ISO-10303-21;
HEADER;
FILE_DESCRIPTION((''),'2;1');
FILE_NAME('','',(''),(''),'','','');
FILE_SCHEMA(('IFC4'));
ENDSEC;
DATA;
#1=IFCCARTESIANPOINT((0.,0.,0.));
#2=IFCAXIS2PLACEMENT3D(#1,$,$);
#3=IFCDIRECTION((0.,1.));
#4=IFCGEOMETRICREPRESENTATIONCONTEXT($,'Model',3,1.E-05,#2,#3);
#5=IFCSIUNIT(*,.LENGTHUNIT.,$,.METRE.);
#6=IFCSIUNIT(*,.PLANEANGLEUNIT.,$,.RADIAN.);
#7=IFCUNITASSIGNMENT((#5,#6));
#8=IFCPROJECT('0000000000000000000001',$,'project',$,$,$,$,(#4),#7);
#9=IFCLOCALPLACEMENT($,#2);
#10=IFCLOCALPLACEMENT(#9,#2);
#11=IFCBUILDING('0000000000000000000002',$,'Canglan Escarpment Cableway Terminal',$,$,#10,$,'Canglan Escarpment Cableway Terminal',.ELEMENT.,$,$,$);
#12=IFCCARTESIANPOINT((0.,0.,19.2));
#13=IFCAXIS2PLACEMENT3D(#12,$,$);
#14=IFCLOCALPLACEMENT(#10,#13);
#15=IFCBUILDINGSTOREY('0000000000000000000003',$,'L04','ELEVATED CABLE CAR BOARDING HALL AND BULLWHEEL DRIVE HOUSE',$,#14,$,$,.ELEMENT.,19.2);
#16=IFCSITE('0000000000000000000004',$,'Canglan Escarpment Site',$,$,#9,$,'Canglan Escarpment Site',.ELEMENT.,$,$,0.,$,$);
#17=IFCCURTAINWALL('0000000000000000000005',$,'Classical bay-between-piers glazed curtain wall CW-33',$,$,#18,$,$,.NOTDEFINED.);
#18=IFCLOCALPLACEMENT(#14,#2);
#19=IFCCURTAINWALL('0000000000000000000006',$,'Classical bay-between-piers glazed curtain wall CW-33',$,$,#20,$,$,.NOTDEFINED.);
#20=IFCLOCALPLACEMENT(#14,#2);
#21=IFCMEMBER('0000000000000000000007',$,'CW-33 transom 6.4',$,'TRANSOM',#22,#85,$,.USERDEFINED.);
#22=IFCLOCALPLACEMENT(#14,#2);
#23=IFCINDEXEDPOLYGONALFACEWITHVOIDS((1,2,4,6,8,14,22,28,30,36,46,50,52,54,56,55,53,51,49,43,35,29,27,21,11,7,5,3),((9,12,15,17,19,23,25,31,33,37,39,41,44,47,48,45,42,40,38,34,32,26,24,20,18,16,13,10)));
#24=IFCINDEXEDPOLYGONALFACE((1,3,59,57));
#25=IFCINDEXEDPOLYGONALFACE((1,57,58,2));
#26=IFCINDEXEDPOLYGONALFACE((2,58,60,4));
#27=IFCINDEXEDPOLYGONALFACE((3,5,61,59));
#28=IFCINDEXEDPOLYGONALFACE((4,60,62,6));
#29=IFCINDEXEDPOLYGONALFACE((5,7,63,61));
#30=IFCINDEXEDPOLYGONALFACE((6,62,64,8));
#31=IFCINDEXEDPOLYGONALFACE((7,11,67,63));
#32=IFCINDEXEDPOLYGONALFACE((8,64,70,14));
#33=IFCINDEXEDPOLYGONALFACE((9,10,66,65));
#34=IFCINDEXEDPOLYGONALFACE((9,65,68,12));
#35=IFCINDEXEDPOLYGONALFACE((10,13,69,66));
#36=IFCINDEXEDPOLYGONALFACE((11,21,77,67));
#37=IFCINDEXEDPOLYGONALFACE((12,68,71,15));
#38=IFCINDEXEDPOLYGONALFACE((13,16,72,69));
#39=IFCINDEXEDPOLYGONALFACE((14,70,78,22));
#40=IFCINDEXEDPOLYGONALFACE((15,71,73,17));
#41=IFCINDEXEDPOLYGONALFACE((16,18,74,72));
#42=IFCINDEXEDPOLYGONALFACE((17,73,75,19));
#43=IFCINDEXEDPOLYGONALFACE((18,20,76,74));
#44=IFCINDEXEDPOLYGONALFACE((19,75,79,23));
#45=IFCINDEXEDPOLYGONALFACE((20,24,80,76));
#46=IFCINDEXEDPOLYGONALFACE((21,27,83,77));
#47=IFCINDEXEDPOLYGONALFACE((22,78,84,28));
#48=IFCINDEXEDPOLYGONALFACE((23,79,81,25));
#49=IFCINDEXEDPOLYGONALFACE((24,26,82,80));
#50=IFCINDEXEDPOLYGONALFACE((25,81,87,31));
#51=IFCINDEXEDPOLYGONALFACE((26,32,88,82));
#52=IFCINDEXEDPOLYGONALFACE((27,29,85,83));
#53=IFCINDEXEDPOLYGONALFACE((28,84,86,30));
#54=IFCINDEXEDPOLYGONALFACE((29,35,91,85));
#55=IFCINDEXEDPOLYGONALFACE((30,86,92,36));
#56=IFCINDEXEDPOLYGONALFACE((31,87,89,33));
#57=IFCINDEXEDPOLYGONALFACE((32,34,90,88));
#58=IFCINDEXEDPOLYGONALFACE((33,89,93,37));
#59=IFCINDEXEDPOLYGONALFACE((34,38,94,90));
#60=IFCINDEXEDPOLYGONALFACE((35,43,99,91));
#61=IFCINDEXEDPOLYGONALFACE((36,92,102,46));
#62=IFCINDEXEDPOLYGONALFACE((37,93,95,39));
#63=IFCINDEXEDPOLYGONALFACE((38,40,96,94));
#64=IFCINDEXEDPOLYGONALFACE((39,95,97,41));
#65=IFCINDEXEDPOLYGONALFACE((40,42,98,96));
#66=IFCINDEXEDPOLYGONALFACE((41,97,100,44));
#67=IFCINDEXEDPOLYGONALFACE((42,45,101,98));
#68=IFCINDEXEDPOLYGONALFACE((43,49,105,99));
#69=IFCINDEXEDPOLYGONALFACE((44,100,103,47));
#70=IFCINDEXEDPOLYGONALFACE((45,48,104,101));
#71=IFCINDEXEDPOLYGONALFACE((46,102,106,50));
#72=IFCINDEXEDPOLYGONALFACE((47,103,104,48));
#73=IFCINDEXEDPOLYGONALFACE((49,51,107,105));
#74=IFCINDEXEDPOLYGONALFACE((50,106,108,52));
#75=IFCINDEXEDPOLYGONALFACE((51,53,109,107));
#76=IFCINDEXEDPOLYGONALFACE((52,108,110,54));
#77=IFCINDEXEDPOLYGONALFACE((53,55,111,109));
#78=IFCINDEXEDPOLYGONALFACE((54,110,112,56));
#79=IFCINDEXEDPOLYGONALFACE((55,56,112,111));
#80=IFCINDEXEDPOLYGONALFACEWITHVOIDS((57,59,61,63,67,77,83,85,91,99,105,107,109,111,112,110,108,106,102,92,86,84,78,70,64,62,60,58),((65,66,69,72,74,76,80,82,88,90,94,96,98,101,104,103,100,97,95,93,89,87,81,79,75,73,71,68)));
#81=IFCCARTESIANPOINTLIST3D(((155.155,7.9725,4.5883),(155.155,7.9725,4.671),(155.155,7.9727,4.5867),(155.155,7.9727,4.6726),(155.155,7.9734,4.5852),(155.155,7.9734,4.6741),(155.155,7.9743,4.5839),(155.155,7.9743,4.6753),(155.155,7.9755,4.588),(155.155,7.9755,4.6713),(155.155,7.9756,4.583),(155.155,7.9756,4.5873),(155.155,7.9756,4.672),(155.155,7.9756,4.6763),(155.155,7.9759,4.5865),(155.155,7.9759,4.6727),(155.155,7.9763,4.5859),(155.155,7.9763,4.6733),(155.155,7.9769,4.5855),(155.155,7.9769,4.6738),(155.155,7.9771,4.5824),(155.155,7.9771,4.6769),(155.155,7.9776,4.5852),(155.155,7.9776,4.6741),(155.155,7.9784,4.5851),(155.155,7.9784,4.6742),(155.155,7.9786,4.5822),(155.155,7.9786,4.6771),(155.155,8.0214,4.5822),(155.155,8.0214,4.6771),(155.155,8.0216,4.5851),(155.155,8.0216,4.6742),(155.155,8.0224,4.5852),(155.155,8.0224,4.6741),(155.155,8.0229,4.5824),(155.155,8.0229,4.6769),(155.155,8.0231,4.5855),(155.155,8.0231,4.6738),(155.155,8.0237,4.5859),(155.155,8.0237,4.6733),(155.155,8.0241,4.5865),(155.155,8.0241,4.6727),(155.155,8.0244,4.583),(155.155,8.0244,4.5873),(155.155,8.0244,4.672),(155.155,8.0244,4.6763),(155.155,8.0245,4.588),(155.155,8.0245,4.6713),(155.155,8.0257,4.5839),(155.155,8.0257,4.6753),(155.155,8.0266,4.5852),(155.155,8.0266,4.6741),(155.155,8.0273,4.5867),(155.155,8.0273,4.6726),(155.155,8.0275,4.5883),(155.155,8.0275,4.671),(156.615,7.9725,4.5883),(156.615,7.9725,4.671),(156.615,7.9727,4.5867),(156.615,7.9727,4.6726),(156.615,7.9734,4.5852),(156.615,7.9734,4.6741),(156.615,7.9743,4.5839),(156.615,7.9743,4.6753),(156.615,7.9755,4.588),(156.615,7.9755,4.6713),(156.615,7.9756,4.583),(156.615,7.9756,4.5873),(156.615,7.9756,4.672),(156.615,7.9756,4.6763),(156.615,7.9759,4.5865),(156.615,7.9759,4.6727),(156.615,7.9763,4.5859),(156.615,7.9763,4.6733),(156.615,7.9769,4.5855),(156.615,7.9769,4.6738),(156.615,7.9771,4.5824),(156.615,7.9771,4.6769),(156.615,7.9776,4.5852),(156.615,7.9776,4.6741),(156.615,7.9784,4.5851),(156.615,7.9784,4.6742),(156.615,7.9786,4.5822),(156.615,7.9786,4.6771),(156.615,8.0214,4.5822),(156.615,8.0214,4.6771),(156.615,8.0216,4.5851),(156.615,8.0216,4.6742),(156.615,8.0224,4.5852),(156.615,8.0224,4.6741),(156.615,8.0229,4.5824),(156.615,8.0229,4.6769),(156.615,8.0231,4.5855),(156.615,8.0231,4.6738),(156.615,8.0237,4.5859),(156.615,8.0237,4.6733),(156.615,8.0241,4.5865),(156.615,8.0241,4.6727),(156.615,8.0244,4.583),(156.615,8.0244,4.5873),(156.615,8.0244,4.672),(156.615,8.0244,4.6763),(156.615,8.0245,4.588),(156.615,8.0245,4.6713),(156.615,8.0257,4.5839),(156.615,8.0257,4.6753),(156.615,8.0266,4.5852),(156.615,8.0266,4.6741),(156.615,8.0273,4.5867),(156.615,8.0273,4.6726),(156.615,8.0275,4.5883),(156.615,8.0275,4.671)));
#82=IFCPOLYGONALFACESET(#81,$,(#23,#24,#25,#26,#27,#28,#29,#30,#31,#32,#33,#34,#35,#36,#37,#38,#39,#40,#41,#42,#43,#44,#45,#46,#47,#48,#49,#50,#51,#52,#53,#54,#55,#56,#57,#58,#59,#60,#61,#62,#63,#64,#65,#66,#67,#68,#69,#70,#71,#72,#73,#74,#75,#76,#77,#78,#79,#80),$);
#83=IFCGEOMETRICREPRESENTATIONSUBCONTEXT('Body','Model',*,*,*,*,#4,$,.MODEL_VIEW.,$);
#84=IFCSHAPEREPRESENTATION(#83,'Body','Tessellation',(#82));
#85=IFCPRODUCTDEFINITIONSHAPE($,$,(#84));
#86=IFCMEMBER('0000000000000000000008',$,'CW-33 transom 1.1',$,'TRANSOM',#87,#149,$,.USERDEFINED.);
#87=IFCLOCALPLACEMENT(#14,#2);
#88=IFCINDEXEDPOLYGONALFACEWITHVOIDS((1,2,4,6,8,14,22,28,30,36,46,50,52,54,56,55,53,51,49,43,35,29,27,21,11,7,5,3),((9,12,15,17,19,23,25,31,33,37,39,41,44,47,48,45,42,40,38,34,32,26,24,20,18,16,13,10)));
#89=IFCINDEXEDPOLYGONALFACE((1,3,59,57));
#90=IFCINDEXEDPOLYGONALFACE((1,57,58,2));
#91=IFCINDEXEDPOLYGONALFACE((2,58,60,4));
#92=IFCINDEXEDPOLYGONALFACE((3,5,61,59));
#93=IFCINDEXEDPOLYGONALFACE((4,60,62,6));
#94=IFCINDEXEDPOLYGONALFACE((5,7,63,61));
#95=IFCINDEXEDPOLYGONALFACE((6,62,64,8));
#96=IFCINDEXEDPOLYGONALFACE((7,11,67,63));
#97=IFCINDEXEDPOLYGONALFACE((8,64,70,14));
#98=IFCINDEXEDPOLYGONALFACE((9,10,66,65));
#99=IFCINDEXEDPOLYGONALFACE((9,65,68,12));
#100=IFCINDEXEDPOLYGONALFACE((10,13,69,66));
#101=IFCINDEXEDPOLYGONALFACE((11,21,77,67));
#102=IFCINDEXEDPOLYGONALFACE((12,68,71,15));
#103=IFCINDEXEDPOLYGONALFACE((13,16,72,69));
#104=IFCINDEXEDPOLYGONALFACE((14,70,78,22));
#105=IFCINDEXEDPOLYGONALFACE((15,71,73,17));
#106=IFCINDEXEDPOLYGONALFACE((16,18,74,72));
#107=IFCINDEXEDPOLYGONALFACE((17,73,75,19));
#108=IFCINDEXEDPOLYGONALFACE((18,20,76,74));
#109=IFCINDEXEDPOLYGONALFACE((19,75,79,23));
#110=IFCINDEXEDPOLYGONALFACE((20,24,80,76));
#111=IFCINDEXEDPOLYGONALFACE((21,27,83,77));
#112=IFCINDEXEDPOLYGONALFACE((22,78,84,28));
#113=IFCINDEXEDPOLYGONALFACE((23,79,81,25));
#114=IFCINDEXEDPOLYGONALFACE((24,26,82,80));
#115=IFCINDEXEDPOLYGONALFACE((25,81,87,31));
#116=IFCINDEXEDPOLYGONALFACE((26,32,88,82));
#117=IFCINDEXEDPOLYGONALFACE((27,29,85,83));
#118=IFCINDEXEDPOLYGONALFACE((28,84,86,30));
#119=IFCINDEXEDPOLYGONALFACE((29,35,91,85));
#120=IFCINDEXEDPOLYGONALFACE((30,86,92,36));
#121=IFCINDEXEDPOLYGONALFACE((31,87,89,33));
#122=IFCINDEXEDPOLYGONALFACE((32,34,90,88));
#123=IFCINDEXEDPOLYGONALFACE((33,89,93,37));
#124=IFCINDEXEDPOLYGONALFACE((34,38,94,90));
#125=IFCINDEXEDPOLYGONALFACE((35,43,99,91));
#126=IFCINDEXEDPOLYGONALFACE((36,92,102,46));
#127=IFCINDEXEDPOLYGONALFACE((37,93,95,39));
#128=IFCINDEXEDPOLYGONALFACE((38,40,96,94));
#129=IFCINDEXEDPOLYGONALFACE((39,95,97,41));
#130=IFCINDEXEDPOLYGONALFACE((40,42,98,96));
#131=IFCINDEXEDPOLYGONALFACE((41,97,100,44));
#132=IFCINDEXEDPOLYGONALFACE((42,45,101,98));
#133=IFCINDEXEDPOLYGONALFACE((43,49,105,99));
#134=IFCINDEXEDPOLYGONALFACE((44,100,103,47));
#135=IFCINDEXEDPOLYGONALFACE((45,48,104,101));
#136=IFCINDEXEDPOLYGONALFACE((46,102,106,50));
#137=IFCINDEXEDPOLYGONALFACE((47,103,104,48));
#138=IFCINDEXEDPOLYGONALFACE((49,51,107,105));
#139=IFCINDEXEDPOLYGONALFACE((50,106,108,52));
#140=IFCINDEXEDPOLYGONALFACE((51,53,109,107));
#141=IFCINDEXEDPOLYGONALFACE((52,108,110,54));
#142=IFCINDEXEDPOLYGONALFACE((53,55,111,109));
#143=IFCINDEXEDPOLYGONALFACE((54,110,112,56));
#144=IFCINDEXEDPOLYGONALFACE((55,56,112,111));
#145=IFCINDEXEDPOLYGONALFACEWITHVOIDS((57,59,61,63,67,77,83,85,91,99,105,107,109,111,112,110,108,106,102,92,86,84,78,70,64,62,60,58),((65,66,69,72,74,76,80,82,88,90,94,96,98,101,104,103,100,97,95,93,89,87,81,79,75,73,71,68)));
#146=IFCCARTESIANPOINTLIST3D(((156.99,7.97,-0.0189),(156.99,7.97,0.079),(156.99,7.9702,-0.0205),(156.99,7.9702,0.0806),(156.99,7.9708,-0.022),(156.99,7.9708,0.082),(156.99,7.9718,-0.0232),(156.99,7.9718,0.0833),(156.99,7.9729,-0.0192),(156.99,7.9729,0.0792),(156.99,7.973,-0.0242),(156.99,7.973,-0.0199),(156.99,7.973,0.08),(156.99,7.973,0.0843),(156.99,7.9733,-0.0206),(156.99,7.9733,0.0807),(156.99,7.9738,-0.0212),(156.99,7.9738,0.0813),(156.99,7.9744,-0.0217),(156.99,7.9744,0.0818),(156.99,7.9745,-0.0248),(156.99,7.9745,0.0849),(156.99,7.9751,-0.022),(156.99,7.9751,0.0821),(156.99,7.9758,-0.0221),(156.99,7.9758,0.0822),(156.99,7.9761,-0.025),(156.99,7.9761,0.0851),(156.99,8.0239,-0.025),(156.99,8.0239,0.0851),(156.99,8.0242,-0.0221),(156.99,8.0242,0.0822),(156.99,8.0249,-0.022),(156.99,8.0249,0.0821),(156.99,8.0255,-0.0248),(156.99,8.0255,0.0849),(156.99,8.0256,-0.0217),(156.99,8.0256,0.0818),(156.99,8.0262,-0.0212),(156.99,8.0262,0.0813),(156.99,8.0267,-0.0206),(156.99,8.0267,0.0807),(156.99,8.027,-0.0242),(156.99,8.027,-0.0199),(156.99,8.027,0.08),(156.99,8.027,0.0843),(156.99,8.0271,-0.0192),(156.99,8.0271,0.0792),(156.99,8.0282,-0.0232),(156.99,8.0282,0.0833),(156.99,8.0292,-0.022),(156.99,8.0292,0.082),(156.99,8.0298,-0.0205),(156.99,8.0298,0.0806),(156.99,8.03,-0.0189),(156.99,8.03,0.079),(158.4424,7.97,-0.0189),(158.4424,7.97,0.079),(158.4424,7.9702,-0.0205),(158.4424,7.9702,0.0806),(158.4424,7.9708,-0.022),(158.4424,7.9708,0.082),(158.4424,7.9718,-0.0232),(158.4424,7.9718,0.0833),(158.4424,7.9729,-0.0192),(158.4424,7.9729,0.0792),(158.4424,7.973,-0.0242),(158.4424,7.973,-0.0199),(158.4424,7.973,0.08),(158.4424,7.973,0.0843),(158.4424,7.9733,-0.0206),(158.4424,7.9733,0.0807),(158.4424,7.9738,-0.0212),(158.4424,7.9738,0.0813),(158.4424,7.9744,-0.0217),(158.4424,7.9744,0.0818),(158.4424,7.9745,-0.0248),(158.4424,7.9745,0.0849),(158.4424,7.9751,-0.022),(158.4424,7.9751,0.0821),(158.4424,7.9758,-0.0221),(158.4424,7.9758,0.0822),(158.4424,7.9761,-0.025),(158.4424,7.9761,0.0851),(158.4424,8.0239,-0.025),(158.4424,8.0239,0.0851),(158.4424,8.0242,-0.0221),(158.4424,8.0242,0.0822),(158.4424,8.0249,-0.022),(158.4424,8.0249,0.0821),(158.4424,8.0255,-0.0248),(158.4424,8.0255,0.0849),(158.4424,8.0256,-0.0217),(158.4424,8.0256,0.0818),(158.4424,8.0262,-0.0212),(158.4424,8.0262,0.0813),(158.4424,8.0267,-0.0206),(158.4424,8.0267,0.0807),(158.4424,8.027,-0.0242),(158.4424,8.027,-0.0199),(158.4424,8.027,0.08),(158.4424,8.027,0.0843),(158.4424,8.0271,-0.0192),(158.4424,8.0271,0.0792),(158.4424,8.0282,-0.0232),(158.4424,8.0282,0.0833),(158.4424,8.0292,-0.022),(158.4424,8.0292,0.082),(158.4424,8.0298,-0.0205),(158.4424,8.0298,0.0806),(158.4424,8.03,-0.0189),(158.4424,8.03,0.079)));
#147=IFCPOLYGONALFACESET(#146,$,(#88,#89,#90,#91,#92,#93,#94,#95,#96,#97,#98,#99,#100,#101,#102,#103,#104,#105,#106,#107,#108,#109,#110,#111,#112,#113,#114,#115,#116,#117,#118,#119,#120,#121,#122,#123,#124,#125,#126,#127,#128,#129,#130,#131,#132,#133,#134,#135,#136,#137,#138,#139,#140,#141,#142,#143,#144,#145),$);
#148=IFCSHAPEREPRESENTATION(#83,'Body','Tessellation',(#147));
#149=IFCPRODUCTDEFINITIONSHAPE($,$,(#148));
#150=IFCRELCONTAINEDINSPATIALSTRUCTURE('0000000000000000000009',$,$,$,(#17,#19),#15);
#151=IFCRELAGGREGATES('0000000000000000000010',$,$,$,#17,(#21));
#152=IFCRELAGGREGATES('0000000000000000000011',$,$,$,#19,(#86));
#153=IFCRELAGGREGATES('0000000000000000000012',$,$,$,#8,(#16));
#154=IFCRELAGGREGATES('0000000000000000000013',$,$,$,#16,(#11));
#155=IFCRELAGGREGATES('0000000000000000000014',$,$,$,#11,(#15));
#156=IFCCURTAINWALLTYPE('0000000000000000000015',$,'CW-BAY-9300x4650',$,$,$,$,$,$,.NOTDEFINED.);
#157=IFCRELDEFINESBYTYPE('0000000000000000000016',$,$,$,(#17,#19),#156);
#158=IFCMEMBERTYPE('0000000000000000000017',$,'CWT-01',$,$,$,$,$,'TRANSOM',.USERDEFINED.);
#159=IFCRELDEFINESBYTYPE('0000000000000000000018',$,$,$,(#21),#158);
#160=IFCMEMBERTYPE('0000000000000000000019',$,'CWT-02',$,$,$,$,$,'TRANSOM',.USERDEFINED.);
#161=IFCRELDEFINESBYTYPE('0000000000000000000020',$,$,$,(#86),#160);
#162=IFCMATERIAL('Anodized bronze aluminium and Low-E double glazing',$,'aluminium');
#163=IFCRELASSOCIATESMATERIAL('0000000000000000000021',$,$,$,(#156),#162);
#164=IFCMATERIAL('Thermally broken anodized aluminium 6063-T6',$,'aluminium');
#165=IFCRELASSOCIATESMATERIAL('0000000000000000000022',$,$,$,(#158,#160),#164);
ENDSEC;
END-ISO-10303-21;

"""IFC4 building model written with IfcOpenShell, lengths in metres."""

from ifc_helpers import new_model, si_unit, direction, frame, origin, origin_2d, place, context, subcontext, project, spatial, hollow_rectangle, extrude, material, material_profile, profile_set, type_object, element, aggregate, save


model = new_model("IFC4")

# Units and contexts
model_context = context("Model", 3, precision=1e-05, world=origin(), true_north=direction((0.0, 1.0)))
body_context = subcontext(model_context, "Body", "Model", "MODEL_VIEW")
ifc_project = project(units=[si_unit("LENGTHUNIT", "METRE"), si_unit("PLANEANGLEUNIT", "RADIAN")], contexts=[model_context])

# Site, building, storey
site_placement = place(None, origin())
site = spatial("IfcSite", under=ifc_project, at=site_placement, Name="Canglan Escarpment Site", LongName="Canglan Escarpment Site", CompositionType="ELEMENT", RefElevation=0.0)
building_placement = place(site_placement, origin())
building = spatial("IfcBuilding", under=site, at=building_placement, Name="Canglan Escarpment Cableway Terminal", LongName="Canglan Escarpment Cableway Terminal", CompositionType="ELEMENT")
storey_placement = place(building_placement, frame((0.0, 0.0, 19.2)))
storey = spatial("IfcBuildingStorey", under=building, at=storey_placement, Name="L04", Description="ELEVATED CABLE CAR BOARDING HALL AND BULLWHEEL DRIVE HOUSE", CompositionType="ELEMENT", Elevation=19.2)

# Curtain walls
ifc_material_1 = material(Name="Anodized bronze aluminium and Low-E double glazing", Category="aluminium")
curtain_wall_type = type_object("IfcCurtainWallType", Name="CW-BAY-9300x4650", PredefinedType="NOTDEFINED", material=ifc_material_1)
curtain_wall_1_placement = place(storey_placement, origin())
curtain_wall_1 = element("IfcCurtainWall", 1, at=curtain_wall_1_placement, inside=storey, type_object=curtain_wall_type, Name="Classical bay-between-piers glazed curtain wall CW-33", PredefinedType="NOTDEFINED")
ifc_material_2 = material(Name="Thermally broken anodized aluminium 6063-T6", Category="aluminium")
curtain_wall_2_placement = place(storey_placement, origin())
curtain_wall_2 = element("IfcCurtainWall", 2, at=curtain_wall_2_placement, inside=storey, type_object=curtain_wall_type, Name="Classical bay-between-piers glazed curtain wall CW-33", PredefinedType="NOTDEFINED")

# Members
ifc_material_profile_1 = material_profile(ifc_material_2, hollow_rectangle(XDim=0.0549, YDim=0.095, WallThickness=0.0029, InnerFilletRadius=0.0029, OuterFilletRadius=0.0061, at=origin_2d()), Name="ALU-TRAN 55x95x3")
ifc_profile_set_1 = profile_set([ifc_material_profile_1], Name="Thermally broken anodized aluminium 6063-T6")
member_type_1 = type_object("IfcMemberType", Name="CWT-01", ElementType="TRANSOM", PredefinedType="USERDEFINED", material=ifc_profile_set_1)
member_1_placement = place(storey_placement, frame((155.155, 8.0, 4.6296), z_axis=(1.0, 0.0, 0.0), x_axis=(0.0, 1.0, 0.0)))
member_1 = element("IfcMember", 3, at=member_1_placement, type_object=member_type_1, Name="CW-33 transom 6.4", ObjectType="TRANSOM", PredefinedType="USERDEFINED", context=body_context, shape_type="SweptSolid", body=[
    extrude(hollow_rectangle(XDim=0.0549, YDim=0.095, WallThickness=0.0029, InnerFilletRadius=0.0029, OuterFilletRadius=0.0061, at=origin_2d()), origin(), (0.0, 0.0, 1.0), 1.46),
])
ifc_material_profile_2 = material_profile(ifc_material_2, hollow_rectangle(XDim=0.0601, YDim=0.1101, WallThickness=0.0029, InnerFilletRadius=0.0029, OuterFilletRadius=0.0061, at=origin_2d()), Name="ALU-TRAN 60x110x3")
ifc_profile_set_2 = profile_set([ifc_material_profile_2], Name="Thermally broken anodized aluminium 6063-T6")
member_type_2 = type_object("IfcMemberType", Name="CWT-02", ElementType="TRANSOM", PredefinedType="USERDEFINED", material=ifc_profile_set_2)
member_2_placement = place(storey_placement, frame((156.99, 8.0, 0.03), z_axis=(1.0, 0.0, 0.0), x_axis=(0.0, 1.0, 0.0)))
member_2 = element("IfcMember", 4, at=member_2_placement, type_object=member_type_2, Name="CW-33 transom 1.1", ObjectType="TRANSOM", PredefinedType="USERDEFINED", context=body_context, shape_type="SweptSolid", body=[
    extrude(hollow_rectangle(XDim=0.0601, YDim=0.1101, WallThickness=0.0029, InnerFilletRadius=0.0029, OuterFilletRadius=0.0061, at=origin_2d()), origin(), (0.0, 0.0, 1.0), 1.4524),
])

aggregate(curtain_wall_1, [member_1])
aggregate(curtain_wall_2, [member_2])

save(model, "model.ifc")
